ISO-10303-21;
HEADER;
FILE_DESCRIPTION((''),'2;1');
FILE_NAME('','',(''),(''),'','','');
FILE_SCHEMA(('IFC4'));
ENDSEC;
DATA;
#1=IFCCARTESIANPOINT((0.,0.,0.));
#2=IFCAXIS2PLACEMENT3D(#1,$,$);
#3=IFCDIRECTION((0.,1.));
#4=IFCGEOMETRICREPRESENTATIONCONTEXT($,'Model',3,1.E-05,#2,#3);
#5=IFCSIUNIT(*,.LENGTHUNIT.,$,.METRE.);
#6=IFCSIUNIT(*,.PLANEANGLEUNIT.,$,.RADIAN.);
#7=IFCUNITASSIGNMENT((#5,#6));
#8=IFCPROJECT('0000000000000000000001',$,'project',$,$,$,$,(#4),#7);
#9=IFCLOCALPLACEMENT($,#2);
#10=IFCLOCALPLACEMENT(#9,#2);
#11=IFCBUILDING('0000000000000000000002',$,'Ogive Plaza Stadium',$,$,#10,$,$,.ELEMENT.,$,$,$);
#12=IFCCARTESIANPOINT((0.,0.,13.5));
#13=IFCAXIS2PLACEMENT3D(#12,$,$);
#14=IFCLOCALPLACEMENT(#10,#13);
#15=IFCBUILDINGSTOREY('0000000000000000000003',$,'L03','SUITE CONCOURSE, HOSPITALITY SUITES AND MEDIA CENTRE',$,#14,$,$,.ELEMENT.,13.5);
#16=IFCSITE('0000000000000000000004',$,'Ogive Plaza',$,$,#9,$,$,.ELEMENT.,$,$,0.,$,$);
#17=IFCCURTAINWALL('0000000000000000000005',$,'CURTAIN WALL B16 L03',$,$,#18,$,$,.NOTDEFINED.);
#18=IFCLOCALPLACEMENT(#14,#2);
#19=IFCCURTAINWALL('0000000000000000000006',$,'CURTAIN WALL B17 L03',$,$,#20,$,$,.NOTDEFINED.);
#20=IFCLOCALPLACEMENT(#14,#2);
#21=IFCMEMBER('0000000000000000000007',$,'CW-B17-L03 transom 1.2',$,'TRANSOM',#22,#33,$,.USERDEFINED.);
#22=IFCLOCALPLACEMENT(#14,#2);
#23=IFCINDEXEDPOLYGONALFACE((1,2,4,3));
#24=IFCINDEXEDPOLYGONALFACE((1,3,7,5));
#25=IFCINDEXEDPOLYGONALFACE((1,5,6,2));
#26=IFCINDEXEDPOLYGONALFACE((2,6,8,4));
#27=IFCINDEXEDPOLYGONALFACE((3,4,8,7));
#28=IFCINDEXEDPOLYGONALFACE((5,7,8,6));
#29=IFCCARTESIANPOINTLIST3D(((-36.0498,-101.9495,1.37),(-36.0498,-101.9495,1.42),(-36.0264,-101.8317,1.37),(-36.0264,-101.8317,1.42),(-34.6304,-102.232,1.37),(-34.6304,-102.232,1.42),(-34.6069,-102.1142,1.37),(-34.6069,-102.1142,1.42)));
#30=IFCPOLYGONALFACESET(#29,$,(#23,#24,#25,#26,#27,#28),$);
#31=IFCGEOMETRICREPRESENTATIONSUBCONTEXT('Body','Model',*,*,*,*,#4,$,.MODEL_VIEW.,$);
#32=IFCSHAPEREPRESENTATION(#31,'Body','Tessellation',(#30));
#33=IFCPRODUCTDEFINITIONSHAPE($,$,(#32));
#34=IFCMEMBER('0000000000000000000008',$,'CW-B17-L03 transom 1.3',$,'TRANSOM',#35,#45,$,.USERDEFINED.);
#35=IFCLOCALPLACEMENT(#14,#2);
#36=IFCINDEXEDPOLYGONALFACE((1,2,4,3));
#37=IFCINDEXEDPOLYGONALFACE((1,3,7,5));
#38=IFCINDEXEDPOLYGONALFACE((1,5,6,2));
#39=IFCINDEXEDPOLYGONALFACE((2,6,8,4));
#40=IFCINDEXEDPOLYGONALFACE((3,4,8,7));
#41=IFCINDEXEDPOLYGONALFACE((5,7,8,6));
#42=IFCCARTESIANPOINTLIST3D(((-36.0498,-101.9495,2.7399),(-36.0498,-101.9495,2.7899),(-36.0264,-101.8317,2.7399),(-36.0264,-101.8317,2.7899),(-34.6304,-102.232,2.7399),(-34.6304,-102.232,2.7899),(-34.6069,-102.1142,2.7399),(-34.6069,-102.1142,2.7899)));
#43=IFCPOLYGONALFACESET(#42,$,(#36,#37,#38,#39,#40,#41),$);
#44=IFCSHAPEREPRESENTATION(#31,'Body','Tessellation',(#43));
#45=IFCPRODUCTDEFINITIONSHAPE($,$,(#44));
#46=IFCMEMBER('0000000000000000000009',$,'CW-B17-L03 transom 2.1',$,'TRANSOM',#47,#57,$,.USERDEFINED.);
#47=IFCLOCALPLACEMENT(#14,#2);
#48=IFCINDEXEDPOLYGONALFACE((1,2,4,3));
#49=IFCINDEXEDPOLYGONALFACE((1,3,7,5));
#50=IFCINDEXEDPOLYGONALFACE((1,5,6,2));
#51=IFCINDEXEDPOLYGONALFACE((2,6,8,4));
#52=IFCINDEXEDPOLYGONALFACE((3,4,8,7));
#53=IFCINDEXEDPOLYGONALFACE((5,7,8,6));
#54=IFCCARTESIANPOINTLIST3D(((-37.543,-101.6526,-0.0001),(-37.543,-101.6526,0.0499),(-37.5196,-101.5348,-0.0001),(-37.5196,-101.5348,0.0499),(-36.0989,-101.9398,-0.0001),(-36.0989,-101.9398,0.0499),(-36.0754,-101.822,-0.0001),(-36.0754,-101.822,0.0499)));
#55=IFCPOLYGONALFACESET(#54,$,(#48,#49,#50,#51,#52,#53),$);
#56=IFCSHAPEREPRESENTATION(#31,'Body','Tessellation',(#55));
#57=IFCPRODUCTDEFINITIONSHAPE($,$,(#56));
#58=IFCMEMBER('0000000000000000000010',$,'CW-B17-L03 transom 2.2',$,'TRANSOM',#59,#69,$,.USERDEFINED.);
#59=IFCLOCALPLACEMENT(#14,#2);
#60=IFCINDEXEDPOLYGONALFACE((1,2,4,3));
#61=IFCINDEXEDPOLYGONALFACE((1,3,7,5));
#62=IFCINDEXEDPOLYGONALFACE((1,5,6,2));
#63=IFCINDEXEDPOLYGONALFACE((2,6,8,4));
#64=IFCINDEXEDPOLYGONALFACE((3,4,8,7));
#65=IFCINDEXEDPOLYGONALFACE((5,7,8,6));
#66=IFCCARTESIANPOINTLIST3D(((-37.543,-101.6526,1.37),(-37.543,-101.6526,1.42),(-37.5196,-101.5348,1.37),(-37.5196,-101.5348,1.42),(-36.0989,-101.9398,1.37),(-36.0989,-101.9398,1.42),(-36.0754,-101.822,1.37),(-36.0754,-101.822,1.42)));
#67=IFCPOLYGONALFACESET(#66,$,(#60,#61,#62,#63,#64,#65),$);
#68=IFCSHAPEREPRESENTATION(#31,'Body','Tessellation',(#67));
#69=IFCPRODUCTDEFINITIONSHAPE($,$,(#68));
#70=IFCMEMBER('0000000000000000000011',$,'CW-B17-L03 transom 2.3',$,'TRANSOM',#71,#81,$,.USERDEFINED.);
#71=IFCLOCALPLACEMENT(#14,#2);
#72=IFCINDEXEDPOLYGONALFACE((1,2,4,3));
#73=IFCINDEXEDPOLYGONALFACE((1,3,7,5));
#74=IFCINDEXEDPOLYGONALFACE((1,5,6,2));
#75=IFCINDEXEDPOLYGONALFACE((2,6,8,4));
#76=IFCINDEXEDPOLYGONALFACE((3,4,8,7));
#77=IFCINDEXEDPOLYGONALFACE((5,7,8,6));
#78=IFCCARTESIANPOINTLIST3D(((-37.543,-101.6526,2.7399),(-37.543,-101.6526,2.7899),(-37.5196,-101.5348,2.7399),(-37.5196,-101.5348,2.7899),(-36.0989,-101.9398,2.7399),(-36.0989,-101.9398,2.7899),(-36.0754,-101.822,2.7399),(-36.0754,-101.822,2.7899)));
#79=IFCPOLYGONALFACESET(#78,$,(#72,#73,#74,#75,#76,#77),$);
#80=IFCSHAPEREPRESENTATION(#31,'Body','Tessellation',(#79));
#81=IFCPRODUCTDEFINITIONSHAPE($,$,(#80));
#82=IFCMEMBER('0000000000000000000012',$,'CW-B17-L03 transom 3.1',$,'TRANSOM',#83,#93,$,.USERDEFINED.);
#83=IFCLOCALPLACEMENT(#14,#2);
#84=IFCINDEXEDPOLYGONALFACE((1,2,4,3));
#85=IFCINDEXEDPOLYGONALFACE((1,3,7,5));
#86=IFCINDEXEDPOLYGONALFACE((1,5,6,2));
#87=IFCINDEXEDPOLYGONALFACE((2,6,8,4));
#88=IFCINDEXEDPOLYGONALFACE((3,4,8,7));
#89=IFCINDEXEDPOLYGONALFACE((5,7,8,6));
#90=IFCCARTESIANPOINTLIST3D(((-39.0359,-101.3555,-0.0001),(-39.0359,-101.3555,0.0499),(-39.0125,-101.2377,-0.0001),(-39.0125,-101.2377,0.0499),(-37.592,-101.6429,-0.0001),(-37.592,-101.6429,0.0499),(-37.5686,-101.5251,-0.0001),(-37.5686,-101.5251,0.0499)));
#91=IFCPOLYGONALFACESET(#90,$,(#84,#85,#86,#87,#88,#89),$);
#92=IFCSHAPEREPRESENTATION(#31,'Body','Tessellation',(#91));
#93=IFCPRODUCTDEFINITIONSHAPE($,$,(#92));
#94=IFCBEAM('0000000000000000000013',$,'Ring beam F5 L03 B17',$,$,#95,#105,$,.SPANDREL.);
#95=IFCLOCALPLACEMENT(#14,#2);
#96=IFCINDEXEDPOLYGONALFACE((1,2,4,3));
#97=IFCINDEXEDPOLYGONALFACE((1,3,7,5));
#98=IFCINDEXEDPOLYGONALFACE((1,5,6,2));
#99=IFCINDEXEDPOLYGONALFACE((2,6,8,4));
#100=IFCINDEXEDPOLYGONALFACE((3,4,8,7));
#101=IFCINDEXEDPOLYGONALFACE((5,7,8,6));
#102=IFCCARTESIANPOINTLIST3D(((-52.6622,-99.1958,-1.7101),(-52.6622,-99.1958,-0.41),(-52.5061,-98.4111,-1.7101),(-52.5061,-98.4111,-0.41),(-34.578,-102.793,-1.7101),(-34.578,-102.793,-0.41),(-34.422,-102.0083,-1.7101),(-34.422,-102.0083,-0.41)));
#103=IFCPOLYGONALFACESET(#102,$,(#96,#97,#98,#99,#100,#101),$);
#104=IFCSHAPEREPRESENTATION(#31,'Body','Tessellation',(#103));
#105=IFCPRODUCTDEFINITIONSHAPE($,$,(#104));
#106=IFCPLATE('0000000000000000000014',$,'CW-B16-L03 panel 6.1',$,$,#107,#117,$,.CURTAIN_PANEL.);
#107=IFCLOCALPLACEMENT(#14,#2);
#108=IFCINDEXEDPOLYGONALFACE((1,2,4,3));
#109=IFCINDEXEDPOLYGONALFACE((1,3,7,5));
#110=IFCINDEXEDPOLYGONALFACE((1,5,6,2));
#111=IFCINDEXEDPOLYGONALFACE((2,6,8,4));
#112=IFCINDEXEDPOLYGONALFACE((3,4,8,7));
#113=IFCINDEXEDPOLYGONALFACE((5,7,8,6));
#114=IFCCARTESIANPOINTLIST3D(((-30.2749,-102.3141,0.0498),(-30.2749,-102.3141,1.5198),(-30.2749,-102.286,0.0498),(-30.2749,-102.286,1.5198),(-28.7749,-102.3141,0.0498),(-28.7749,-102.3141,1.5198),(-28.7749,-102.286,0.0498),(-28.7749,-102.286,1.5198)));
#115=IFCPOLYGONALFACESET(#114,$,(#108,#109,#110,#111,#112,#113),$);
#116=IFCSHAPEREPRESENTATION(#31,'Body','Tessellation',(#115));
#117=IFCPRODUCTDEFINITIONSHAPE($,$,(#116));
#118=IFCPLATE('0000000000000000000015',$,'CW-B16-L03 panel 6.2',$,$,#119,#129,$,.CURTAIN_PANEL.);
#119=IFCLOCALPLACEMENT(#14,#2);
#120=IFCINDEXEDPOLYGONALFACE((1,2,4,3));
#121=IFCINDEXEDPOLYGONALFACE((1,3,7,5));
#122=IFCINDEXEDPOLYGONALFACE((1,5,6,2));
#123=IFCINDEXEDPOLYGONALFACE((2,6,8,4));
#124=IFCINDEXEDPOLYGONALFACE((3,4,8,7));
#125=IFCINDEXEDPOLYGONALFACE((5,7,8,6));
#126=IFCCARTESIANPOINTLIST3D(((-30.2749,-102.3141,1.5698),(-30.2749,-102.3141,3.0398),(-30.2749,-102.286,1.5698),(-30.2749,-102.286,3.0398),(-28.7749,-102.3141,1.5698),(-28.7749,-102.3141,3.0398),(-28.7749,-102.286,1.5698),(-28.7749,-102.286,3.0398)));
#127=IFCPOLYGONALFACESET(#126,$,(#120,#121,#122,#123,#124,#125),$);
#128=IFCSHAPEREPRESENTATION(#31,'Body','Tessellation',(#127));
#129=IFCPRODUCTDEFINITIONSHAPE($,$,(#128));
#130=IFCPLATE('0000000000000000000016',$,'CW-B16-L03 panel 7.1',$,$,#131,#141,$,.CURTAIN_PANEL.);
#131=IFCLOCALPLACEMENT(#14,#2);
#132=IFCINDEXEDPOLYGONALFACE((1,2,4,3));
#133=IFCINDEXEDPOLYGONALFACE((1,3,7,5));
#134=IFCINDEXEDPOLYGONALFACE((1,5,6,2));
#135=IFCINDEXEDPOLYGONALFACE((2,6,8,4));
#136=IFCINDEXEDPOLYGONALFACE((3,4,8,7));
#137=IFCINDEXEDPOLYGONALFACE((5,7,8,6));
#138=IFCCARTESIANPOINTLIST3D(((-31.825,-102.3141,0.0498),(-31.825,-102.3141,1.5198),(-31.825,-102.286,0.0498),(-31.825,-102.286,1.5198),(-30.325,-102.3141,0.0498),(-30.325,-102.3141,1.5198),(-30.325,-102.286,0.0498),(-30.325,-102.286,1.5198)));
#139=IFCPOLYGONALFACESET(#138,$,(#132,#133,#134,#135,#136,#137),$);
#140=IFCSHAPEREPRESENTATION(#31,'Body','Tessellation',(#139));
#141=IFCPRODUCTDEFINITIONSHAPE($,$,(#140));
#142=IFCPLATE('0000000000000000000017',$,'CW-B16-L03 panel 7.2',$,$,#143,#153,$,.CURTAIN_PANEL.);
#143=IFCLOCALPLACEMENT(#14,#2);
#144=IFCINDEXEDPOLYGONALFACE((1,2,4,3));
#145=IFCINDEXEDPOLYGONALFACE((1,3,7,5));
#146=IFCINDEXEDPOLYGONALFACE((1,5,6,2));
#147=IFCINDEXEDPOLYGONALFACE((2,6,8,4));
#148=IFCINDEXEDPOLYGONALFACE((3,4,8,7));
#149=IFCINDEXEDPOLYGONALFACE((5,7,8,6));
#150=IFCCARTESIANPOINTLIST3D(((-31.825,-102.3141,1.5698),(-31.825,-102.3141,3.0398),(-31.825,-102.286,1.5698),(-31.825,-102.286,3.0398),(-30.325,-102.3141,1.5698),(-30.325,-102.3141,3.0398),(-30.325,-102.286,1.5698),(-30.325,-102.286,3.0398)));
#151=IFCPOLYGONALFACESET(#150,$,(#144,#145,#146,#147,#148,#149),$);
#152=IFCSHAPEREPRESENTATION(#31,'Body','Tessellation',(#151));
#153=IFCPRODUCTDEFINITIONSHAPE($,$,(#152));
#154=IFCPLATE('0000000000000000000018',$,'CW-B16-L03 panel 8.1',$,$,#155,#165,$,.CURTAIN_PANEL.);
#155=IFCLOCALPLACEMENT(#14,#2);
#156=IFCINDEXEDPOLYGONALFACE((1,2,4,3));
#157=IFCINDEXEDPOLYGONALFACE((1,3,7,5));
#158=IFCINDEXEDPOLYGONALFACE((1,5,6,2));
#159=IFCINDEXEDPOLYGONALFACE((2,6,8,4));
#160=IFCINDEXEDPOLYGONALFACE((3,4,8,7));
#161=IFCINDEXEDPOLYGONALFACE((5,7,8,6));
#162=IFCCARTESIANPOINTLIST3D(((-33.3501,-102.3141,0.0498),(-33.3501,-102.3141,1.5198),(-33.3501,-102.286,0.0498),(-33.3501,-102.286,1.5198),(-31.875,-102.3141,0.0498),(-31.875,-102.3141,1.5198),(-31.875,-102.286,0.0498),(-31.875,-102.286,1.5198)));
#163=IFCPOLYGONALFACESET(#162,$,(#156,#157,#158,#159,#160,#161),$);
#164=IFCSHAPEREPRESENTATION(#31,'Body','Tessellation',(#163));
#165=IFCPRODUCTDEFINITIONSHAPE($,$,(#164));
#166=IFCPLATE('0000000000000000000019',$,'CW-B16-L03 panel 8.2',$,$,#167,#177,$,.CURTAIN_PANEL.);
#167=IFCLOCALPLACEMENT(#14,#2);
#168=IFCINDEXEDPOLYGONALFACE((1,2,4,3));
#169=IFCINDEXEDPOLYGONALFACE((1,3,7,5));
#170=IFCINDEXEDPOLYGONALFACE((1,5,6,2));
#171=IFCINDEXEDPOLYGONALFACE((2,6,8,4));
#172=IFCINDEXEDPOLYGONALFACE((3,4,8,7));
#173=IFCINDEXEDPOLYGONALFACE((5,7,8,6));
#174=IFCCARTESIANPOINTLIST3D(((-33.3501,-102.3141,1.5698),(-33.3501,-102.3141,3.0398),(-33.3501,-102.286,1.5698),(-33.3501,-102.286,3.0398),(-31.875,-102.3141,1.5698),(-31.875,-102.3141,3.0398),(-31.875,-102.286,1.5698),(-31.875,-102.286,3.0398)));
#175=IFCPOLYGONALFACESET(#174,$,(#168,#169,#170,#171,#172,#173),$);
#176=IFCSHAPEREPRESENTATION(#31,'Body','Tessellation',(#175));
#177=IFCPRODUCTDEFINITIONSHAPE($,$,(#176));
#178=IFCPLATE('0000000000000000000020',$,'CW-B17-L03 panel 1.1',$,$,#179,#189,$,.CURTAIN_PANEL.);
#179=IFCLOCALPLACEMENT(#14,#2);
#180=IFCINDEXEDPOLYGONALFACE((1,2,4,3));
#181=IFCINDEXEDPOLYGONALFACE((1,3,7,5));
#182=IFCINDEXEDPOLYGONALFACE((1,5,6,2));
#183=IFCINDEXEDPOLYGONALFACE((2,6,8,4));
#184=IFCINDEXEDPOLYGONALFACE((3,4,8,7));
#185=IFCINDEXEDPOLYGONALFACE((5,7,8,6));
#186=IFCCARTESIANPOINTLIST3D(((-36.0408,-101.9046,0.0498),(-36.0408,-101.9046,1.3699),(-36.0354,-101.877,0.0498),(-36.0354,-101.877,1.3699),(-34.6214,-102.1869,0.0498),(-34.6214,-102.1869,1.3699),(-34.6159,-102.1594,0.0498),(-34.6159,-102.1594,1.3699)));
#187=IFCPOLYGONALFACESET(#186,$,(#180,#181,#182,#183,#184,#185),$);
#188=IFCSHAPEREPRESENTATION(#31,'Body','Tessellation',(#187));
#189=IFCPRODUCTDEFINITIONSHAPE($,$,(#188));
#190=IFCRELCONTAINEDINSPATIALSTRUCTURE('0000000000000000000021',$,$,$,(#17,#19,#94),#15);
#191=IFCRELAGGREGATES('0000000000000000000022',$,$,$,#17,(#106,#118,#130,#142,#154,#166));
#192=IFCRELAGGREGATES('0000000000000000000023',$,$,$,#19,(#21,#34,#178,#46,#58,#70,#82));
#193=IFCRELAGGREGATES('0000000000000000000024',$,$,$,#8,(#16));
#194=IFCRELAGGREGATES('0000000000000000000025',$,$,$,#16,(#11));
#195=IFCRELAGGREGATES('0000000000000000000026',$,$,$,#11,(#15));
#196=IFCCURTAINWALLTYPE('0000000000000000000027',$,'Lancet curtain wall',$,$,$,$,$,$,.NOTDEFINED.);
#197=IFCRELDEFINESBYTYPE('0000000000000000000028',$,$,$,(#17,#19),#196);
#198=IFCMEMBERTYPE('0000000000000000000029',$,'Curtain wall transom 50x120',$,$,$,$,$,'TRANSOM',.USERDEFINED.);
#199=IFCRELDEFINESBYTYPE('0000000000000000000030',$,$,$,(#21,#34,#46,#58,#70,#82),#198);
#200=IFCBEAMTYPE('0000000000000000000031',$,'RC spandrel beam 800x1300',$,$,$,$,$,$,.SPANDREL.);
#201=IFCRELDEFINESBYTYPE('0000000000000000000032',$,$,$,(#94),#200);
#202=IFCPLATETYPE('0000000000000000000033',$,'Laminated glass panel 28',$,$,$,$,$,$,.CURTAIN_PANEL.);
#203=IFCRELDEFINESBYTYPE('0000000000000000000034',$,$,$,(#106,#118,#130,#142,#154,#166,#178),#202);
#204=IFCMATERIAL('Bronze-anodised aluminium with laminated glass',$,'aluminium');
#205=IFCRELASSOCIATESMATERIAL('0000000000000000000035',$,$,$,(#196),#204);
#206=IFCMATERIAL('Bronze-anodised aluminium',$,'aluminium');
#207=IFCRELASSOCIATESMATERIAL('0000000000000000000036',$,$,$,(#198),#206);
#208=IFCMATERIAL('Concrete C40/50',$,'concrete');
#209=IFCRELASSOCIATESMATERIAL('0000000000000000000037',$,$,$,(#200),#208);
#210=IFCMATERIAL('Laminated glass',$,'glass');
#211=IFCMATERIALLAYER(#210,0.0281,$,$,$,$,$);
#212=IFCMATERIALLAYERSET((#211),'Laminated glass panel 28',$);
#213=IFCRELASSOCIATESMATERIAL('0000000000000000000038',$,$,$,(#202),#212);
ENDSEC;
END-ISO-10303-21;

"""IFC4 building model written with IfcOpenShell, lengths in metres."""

from ifc_helpers import new_model, si_unit, direction, frame, origin, origin_2d, place, context, subcontext, project, spatial, rectangle, extrude, material, layer, layer_set, material_profile, profile_set, type_object, element, aggregate, save


model = new_model("IFC4")

# Units and contexts
model_context = context("Model", 3, precision=1e-05, world=origin(), true_north=direction((0.0, 1.0)))
body_context = subcontext(model_context, "Body", "Model", "MODEL_VIEW")
ifc_project = project(units=[si_unit("LENGTHUNIT", "METRE"), si_unit("PLANEANGLEUNIT", "RADIAN")], contexts=[model_context])

# Site, building, storey
site_placement = place(None, origin())
site = spatial("IfcSite", under=ifc_project, at=site_placement, Name="Ogive Plaza", CompositionType="ELEMENT", RefElevation=0.0)
building_placement = place(site_placement, origin())
building = spatial("IfcBuilding", under=site, at=building_placement, Name="Ogive Plaza Stadium", CompositionType="ELEMENT")
storey_placement = place(building_placement, frame((0.0, 0.0, 13.5)))
storey = spatial("IfcBuildingStorey", under=building, at=storey_placement, Name="L03", Description="SUITE CONCOURSE, HOSPITALITY SUITES AND MEDIA CENTRE", CompositionType="ELEMENT", Elevation=13.5)

# Curtain walls
ifc_material_1 = material(Name="Bronze-anodised aluminium with laminated glass", Category="aluminium")
curtain_wall_type = type_object("IfcCurtainWallType", Name="Lancet curtain wall", PredefinedType="NOTDEFINED", material=ifc_material_1)
curtain_wall_1_placement = place(storey_placement, origin())
curtain_wall_1 = element("IfcCurtainWall", 1, at=curtain_wall_1_placement, inside=storey, type_object=curtain_wall_type, Name="CURTAIN WALL B16 L03", PredefinedType="NOTDEFINED")
curtain_wall_2_placement = place(storey_placement, origin())
curtain_wall_2 = element("IfcCurtainWall", 2, at=curtain_wall_2_placement, inside=storey, type_object=curtain_wall_type, Name="CURTAIN WALL B17 L03", PredefinedType="NOTDEFINED")

# Members
ifc_material_2 = material(Name="Bronze-anodised aluminium", Category="aluminium")
ifc_material_profile_1 = material_profile(ifc_material_2, rectangle(XDim=0.1201, YDim=0.05, at=origin_2d()), Name="AL 120x50")
ifc_profile_set_1 = profile_set([ifc_material_profile_1], Name="Bronze-anodised aluminium")
member_type_1 = type_object("IfcMemberType", Name="Curtain wall transom 50x120", ElementType="TRANSOM", PredefinedType="USERDEFINED", material=ifc_profile_set_1)
member_1_placement = place(storey_placement, frame((-34.6187, -102.1731, 1.395), z_axis=(-0.980768, 0.195175, 0.0), x_axis=(-0.195175, -0.980768, 0.0)))
member_1 = element("IfcMember", 3, at=member_1_placement, type_object=member_type_1, Name="CW-B17-L03 transom 1.2", ObjectType="TRANSOM", PredefinedType="USERDEFINED", context=body_context, shape_type="SweptSolid", body=[
    extrude(rectangle(XDim=0.1201, YDim=0.05, at=origin_2d()), origin(), (0.0, 0.0, 1.0), 1.4473),
])
member_2_placement = place(storey_placement, frame((-34.6187, -102.1731, 2.7649), z_axis=(-0.980768, 0.195175, 0.0), x_axis=(-0.195175, -0.980768, 0.0)))
member_2 = element("IfcMember", 4, at=member_2_placement, type_object=member_type_1, Name="CW-B17-L03 transom 1.3", ObjectType="TRANSOM", PredefinedType="USERDEFINED", context=body_context, shape_type="SweptSolid", body=[
    extrude(rectangle(XDim=0.1201, YDim=0.05, at=origin_2d()), origin(), (0.0, 0.0, 1.0), 1.4473),
])
member_3_placement = place(storey_placement, frame((-36.0872, -101.8809, 0.0249), z_axis=(-0.980803, 0.195, 0.0), x_axis=(-0.195, -0.980803, 0.0)))
member_3 = element("IfcMember", 5, at=member_3_placement, type_object=member_type_1, Name="CW-B17-L03 transom 2.1", ObjectType="TRANSOM", PredefinedType="USERDEFINED", context=body_context, shape_type="SweptSolid", body=[
    extrude(rectangle(XDim=0.1201, YDim=0.05, at=origin_2d()), origin(), (0.0, 0.0, 1.0), 1.4724),
])
member_4_placement = place(storey_placement, frame((-36.0872, -101.8809, 1.395), z_axis=(-0.980803, 0.195, 0.0), x_axis=(-0.195, -0.980803, 0.0)))
member_4 = element("IfcMember", 6, at=member_4_placement, type_object=member_type_1, Name="CW-B17-L03 transom 2.2", ObjectType="TRANSOM", PredefinedType="USERDEFINED", context=body_context, shape_type="SweptSolid", body=[
    extrude(rectangle(XDim=0.1201, YDim=0.05, at=origin_2d()), origin(), (0.0, 0.0, 1.0), 1.4724),
])
member_5_placement = place(storey_placement, frame((-36.0872, -101.8809, 2.7649), z_axis=(-0.980803, 0.195, 0.0), x_axis=(-0.195, -0.980803, 0.0)))
member_5 = element("IfcMember", 7, at=member_5_placement, type_object=member_type_1, Name="CW-B17-L03 transom 2.3", ObjectType="TRANSOM", PredefinedType="USERDEFINED", context=body_context, shape_type="SweptSolid", body=[
    extrude(rectangle(XDim=0.1201, YDim=0.05, at=origin_2d()), origin(), (0.0, 0.0, 1.0), 1.4724),
])
member_6_placement = place(storey_placement, frame((-37.5803, -101.584, 0.0249), z_axis=(-0.980765, 0.195191, 0.0), x_axis=(-0.195191, -0.980765, 0.0)))
member_6 = element("IfcMember", 8, at=member_6_placement, type_object=member_type_1, Name="CW-B17-L03 transom 3.1", ObjectType="TRANSOM", PredefinedType="USERDEFINED", context=body_context, shape_type="SweptSolid", body=[
    extrude(rectangle(XDim=0.1201, YDim=0.05, at=origin_2d()), origin(), (0.0, 0.0, 1.0), 1.4722),
])

# Beam
ifc_material_3 = material(Name="Concrete C40/50", Category="concrete")
ifc_material_profile_2 = material_profile(ifc_material_3, rectangle(XDim=0.8, YDim=1.3, at=origin_2d()), Name="RC 800x1300")
ifc_profile_set_2 = profile_set([ifc_material_profile_2], Name="Concrete C40/50")
beam_type = type_object("IfcBeamType", Name="RC spandrel beam 800x1300", PredefinedType="SPANDREL", material=ifc_profile_set_2)
beam_placement = place(storey_placement, frame((-34.5, -102.4006, -1.0601), z_axis=(-0.980785, 0.19509, 0.0), x_axis=(-0.19509, -0.980785, 0.0)))
element("IfcBeam", 9, at=beam_placement, inside=storey, type_object=beam_type, Name="Ring beam F5 L03 B17", PredefinedType="SPANDREL", context=body_context, shape_type="SweptSolid", body=[
    extrude(rectangle(XDim=0.8, YDim=1.3, at=origin_2d()), origin(), (0.0, 0.0, 1.0), 18.4385),
])

# Plates
ifc_material_4 = material(Name="Laminated glass", Category="glass")
ifc_layer = layer(ifc_material_4, 0.0281)
ifc_layer_set = layer_set([ifc_layer], Name="Laminated glass panel 28")
plate_type = type_object("IfcPlateType", Name="Laminated glass panel 28", PredefinedType="CURTAIN_PANEL", material=ifc_layer_set)
plate_1_placement = place(storey_placement, frame((-29.5249, -102.3, 0.0498), z_axis=(0.0, 0.0, 1.0), x_axis=(-1.0, 0.0, 0.0)))
plate_1 = element("IfcPlate", 10, at=plate_1_placement, type_object=plate_type, Name="CW-B16-L03 panel 6.1", PredefinedType="CURTAIN_PANEL", context=body_context, shape_type="SweptSolid", body=[
    extrude(rectangle(XDim=1.5, YDim=0.0281, at=origin_2d()), origin(), (0.0, 0.0, 1.0), 1.47),
])
plate_2_placement = place(storey_placement, frame((-29.5249, -102.3, 1.5698), z_axis=(0.0, 0.0, 1.0), x_axis=(-1.0, 0.0, 0.0)))
plate_2 = element("IfcPlate", 11, at=plate_2_placement, type_object=plate_type, Name="CW-B16-L03 panel 6.2", PredefinedType="CURTAIN_PANEL", context=body_context, shape_type="SweptSolid", body=[
    extrude(rectangle(XDim=1.5, YDim=0.0281, at=origin_2d()), origin(), (0.0, 0.0, 1.0), 1.47),
])
plate_3_placement = place(storey_placement, frame((-31.075, -102.3, 0.0498), z_axis=(0.0, 0.0, 1.0), x_axis=(-1.0, 0.0, 0.0)))
plate_3 = element("IfcPlate", 12, at=plate_3_placement, type_object=plate_type, Name="CW-B16-L03 panel 7.1", PredefinedType="CURTAIN_PANEL", context=body_context, shape_type="SweptSolid", body=[
    extrude(rectangle(XDim=1.5, YDim=0.0281, at=origin_2d()), origin(), (0.0, 0.0, 1.0), 1.47),
])
plate_4_placement = place(storey_placement, frame((-31.075, -102.3, 1.5698), z_axis=(0.0, 0.0, 1.0), x_axis=(-1.0, 0.0, 0.0)))
plate_4 = element("IfcPlate", 13, at=plate_4_placement, type_object=plate_type, Name="CW-B16-L03 panel 7.2", PredefinedType="CURTAIN_PANEL", context=body_context, shape_type="SweptSolid", body=[
    extrude(rectangle(XDim=1.5, YDim=0.0281, at=origin_2d()), origin(), (0.0, 0.0, 1.0), 1.47),
])
plate_5_placement = place(storey_placement, frame((-32.6125, -102.3, 0.0498), z_axis=(0.0, 0.0, 1.0), x_axis=(-1.0, 0.0, 0.0)))
plate_5 = element("IfcPlate", 14, at=plate_5_placement, type_object=plate_type, Name="CW-B16-L03 panel 8.1", PredefinedType="CURTAIN_PANEL", context=body_context, shape_type="SweptSolid", body=[
    extrude(rectangle(XDim=1.4751, YDim=0.0281, at=origin_2d()), origin(), (0.0, 0.0, 1.0), 1.47),
])
plate_6_placement = place(storey_placement, frame((-32.6125, -102.3, 1.5698), z_axis=(0.0, 0.0, 1.0), x_axis=(-1.0, 0.0, 0.0)))
plate_6 = element("IfcPlate", 15, at=plate_6_placement, type_object=plate_type, Name="CW-B16-L03 panel 8.2", PredefinedType="CURTAIN_PANEL", context=body_context, shape_type="SweptSolid", body=[
    extrude(rectangle(XDim=1.4751, YDim=0.0281, at=origin_2d()), origin(), (0.0, 0.0, 1.0), 1.47),
])
aggregate(curtain_wall_1, [plate_1, plate_2, plate_3, plate_4, plate_5, plate_6])
plate_7_placement = place(storey_placement, frame((-35.3284, -102.032, 0.0498), z_axis=(0.0, 0.0, 1.0), x_axis=(-0.980785, 0.19509, 0.0)))
plate_7 = element("IfcPlate", 16, at=plate_7_placement, type_object=plate_type, Name="CW-B17-L03 panel 1.1", PredefinedType="CURTAIN_PANEL", context=body_context, shape_type="SweptSolid", body=[
    extrude(rectangle(XDim=1.4473, YDim=0.0281, at=origin_2d()), origin(), (0.0, 0.0, 1.0), 1.3201),
])
aggregate(curtain_wall_2, [member_1, member_2, plate_7, member_3, member_4, member_5, member_6])

save(model, "model.ifc")
